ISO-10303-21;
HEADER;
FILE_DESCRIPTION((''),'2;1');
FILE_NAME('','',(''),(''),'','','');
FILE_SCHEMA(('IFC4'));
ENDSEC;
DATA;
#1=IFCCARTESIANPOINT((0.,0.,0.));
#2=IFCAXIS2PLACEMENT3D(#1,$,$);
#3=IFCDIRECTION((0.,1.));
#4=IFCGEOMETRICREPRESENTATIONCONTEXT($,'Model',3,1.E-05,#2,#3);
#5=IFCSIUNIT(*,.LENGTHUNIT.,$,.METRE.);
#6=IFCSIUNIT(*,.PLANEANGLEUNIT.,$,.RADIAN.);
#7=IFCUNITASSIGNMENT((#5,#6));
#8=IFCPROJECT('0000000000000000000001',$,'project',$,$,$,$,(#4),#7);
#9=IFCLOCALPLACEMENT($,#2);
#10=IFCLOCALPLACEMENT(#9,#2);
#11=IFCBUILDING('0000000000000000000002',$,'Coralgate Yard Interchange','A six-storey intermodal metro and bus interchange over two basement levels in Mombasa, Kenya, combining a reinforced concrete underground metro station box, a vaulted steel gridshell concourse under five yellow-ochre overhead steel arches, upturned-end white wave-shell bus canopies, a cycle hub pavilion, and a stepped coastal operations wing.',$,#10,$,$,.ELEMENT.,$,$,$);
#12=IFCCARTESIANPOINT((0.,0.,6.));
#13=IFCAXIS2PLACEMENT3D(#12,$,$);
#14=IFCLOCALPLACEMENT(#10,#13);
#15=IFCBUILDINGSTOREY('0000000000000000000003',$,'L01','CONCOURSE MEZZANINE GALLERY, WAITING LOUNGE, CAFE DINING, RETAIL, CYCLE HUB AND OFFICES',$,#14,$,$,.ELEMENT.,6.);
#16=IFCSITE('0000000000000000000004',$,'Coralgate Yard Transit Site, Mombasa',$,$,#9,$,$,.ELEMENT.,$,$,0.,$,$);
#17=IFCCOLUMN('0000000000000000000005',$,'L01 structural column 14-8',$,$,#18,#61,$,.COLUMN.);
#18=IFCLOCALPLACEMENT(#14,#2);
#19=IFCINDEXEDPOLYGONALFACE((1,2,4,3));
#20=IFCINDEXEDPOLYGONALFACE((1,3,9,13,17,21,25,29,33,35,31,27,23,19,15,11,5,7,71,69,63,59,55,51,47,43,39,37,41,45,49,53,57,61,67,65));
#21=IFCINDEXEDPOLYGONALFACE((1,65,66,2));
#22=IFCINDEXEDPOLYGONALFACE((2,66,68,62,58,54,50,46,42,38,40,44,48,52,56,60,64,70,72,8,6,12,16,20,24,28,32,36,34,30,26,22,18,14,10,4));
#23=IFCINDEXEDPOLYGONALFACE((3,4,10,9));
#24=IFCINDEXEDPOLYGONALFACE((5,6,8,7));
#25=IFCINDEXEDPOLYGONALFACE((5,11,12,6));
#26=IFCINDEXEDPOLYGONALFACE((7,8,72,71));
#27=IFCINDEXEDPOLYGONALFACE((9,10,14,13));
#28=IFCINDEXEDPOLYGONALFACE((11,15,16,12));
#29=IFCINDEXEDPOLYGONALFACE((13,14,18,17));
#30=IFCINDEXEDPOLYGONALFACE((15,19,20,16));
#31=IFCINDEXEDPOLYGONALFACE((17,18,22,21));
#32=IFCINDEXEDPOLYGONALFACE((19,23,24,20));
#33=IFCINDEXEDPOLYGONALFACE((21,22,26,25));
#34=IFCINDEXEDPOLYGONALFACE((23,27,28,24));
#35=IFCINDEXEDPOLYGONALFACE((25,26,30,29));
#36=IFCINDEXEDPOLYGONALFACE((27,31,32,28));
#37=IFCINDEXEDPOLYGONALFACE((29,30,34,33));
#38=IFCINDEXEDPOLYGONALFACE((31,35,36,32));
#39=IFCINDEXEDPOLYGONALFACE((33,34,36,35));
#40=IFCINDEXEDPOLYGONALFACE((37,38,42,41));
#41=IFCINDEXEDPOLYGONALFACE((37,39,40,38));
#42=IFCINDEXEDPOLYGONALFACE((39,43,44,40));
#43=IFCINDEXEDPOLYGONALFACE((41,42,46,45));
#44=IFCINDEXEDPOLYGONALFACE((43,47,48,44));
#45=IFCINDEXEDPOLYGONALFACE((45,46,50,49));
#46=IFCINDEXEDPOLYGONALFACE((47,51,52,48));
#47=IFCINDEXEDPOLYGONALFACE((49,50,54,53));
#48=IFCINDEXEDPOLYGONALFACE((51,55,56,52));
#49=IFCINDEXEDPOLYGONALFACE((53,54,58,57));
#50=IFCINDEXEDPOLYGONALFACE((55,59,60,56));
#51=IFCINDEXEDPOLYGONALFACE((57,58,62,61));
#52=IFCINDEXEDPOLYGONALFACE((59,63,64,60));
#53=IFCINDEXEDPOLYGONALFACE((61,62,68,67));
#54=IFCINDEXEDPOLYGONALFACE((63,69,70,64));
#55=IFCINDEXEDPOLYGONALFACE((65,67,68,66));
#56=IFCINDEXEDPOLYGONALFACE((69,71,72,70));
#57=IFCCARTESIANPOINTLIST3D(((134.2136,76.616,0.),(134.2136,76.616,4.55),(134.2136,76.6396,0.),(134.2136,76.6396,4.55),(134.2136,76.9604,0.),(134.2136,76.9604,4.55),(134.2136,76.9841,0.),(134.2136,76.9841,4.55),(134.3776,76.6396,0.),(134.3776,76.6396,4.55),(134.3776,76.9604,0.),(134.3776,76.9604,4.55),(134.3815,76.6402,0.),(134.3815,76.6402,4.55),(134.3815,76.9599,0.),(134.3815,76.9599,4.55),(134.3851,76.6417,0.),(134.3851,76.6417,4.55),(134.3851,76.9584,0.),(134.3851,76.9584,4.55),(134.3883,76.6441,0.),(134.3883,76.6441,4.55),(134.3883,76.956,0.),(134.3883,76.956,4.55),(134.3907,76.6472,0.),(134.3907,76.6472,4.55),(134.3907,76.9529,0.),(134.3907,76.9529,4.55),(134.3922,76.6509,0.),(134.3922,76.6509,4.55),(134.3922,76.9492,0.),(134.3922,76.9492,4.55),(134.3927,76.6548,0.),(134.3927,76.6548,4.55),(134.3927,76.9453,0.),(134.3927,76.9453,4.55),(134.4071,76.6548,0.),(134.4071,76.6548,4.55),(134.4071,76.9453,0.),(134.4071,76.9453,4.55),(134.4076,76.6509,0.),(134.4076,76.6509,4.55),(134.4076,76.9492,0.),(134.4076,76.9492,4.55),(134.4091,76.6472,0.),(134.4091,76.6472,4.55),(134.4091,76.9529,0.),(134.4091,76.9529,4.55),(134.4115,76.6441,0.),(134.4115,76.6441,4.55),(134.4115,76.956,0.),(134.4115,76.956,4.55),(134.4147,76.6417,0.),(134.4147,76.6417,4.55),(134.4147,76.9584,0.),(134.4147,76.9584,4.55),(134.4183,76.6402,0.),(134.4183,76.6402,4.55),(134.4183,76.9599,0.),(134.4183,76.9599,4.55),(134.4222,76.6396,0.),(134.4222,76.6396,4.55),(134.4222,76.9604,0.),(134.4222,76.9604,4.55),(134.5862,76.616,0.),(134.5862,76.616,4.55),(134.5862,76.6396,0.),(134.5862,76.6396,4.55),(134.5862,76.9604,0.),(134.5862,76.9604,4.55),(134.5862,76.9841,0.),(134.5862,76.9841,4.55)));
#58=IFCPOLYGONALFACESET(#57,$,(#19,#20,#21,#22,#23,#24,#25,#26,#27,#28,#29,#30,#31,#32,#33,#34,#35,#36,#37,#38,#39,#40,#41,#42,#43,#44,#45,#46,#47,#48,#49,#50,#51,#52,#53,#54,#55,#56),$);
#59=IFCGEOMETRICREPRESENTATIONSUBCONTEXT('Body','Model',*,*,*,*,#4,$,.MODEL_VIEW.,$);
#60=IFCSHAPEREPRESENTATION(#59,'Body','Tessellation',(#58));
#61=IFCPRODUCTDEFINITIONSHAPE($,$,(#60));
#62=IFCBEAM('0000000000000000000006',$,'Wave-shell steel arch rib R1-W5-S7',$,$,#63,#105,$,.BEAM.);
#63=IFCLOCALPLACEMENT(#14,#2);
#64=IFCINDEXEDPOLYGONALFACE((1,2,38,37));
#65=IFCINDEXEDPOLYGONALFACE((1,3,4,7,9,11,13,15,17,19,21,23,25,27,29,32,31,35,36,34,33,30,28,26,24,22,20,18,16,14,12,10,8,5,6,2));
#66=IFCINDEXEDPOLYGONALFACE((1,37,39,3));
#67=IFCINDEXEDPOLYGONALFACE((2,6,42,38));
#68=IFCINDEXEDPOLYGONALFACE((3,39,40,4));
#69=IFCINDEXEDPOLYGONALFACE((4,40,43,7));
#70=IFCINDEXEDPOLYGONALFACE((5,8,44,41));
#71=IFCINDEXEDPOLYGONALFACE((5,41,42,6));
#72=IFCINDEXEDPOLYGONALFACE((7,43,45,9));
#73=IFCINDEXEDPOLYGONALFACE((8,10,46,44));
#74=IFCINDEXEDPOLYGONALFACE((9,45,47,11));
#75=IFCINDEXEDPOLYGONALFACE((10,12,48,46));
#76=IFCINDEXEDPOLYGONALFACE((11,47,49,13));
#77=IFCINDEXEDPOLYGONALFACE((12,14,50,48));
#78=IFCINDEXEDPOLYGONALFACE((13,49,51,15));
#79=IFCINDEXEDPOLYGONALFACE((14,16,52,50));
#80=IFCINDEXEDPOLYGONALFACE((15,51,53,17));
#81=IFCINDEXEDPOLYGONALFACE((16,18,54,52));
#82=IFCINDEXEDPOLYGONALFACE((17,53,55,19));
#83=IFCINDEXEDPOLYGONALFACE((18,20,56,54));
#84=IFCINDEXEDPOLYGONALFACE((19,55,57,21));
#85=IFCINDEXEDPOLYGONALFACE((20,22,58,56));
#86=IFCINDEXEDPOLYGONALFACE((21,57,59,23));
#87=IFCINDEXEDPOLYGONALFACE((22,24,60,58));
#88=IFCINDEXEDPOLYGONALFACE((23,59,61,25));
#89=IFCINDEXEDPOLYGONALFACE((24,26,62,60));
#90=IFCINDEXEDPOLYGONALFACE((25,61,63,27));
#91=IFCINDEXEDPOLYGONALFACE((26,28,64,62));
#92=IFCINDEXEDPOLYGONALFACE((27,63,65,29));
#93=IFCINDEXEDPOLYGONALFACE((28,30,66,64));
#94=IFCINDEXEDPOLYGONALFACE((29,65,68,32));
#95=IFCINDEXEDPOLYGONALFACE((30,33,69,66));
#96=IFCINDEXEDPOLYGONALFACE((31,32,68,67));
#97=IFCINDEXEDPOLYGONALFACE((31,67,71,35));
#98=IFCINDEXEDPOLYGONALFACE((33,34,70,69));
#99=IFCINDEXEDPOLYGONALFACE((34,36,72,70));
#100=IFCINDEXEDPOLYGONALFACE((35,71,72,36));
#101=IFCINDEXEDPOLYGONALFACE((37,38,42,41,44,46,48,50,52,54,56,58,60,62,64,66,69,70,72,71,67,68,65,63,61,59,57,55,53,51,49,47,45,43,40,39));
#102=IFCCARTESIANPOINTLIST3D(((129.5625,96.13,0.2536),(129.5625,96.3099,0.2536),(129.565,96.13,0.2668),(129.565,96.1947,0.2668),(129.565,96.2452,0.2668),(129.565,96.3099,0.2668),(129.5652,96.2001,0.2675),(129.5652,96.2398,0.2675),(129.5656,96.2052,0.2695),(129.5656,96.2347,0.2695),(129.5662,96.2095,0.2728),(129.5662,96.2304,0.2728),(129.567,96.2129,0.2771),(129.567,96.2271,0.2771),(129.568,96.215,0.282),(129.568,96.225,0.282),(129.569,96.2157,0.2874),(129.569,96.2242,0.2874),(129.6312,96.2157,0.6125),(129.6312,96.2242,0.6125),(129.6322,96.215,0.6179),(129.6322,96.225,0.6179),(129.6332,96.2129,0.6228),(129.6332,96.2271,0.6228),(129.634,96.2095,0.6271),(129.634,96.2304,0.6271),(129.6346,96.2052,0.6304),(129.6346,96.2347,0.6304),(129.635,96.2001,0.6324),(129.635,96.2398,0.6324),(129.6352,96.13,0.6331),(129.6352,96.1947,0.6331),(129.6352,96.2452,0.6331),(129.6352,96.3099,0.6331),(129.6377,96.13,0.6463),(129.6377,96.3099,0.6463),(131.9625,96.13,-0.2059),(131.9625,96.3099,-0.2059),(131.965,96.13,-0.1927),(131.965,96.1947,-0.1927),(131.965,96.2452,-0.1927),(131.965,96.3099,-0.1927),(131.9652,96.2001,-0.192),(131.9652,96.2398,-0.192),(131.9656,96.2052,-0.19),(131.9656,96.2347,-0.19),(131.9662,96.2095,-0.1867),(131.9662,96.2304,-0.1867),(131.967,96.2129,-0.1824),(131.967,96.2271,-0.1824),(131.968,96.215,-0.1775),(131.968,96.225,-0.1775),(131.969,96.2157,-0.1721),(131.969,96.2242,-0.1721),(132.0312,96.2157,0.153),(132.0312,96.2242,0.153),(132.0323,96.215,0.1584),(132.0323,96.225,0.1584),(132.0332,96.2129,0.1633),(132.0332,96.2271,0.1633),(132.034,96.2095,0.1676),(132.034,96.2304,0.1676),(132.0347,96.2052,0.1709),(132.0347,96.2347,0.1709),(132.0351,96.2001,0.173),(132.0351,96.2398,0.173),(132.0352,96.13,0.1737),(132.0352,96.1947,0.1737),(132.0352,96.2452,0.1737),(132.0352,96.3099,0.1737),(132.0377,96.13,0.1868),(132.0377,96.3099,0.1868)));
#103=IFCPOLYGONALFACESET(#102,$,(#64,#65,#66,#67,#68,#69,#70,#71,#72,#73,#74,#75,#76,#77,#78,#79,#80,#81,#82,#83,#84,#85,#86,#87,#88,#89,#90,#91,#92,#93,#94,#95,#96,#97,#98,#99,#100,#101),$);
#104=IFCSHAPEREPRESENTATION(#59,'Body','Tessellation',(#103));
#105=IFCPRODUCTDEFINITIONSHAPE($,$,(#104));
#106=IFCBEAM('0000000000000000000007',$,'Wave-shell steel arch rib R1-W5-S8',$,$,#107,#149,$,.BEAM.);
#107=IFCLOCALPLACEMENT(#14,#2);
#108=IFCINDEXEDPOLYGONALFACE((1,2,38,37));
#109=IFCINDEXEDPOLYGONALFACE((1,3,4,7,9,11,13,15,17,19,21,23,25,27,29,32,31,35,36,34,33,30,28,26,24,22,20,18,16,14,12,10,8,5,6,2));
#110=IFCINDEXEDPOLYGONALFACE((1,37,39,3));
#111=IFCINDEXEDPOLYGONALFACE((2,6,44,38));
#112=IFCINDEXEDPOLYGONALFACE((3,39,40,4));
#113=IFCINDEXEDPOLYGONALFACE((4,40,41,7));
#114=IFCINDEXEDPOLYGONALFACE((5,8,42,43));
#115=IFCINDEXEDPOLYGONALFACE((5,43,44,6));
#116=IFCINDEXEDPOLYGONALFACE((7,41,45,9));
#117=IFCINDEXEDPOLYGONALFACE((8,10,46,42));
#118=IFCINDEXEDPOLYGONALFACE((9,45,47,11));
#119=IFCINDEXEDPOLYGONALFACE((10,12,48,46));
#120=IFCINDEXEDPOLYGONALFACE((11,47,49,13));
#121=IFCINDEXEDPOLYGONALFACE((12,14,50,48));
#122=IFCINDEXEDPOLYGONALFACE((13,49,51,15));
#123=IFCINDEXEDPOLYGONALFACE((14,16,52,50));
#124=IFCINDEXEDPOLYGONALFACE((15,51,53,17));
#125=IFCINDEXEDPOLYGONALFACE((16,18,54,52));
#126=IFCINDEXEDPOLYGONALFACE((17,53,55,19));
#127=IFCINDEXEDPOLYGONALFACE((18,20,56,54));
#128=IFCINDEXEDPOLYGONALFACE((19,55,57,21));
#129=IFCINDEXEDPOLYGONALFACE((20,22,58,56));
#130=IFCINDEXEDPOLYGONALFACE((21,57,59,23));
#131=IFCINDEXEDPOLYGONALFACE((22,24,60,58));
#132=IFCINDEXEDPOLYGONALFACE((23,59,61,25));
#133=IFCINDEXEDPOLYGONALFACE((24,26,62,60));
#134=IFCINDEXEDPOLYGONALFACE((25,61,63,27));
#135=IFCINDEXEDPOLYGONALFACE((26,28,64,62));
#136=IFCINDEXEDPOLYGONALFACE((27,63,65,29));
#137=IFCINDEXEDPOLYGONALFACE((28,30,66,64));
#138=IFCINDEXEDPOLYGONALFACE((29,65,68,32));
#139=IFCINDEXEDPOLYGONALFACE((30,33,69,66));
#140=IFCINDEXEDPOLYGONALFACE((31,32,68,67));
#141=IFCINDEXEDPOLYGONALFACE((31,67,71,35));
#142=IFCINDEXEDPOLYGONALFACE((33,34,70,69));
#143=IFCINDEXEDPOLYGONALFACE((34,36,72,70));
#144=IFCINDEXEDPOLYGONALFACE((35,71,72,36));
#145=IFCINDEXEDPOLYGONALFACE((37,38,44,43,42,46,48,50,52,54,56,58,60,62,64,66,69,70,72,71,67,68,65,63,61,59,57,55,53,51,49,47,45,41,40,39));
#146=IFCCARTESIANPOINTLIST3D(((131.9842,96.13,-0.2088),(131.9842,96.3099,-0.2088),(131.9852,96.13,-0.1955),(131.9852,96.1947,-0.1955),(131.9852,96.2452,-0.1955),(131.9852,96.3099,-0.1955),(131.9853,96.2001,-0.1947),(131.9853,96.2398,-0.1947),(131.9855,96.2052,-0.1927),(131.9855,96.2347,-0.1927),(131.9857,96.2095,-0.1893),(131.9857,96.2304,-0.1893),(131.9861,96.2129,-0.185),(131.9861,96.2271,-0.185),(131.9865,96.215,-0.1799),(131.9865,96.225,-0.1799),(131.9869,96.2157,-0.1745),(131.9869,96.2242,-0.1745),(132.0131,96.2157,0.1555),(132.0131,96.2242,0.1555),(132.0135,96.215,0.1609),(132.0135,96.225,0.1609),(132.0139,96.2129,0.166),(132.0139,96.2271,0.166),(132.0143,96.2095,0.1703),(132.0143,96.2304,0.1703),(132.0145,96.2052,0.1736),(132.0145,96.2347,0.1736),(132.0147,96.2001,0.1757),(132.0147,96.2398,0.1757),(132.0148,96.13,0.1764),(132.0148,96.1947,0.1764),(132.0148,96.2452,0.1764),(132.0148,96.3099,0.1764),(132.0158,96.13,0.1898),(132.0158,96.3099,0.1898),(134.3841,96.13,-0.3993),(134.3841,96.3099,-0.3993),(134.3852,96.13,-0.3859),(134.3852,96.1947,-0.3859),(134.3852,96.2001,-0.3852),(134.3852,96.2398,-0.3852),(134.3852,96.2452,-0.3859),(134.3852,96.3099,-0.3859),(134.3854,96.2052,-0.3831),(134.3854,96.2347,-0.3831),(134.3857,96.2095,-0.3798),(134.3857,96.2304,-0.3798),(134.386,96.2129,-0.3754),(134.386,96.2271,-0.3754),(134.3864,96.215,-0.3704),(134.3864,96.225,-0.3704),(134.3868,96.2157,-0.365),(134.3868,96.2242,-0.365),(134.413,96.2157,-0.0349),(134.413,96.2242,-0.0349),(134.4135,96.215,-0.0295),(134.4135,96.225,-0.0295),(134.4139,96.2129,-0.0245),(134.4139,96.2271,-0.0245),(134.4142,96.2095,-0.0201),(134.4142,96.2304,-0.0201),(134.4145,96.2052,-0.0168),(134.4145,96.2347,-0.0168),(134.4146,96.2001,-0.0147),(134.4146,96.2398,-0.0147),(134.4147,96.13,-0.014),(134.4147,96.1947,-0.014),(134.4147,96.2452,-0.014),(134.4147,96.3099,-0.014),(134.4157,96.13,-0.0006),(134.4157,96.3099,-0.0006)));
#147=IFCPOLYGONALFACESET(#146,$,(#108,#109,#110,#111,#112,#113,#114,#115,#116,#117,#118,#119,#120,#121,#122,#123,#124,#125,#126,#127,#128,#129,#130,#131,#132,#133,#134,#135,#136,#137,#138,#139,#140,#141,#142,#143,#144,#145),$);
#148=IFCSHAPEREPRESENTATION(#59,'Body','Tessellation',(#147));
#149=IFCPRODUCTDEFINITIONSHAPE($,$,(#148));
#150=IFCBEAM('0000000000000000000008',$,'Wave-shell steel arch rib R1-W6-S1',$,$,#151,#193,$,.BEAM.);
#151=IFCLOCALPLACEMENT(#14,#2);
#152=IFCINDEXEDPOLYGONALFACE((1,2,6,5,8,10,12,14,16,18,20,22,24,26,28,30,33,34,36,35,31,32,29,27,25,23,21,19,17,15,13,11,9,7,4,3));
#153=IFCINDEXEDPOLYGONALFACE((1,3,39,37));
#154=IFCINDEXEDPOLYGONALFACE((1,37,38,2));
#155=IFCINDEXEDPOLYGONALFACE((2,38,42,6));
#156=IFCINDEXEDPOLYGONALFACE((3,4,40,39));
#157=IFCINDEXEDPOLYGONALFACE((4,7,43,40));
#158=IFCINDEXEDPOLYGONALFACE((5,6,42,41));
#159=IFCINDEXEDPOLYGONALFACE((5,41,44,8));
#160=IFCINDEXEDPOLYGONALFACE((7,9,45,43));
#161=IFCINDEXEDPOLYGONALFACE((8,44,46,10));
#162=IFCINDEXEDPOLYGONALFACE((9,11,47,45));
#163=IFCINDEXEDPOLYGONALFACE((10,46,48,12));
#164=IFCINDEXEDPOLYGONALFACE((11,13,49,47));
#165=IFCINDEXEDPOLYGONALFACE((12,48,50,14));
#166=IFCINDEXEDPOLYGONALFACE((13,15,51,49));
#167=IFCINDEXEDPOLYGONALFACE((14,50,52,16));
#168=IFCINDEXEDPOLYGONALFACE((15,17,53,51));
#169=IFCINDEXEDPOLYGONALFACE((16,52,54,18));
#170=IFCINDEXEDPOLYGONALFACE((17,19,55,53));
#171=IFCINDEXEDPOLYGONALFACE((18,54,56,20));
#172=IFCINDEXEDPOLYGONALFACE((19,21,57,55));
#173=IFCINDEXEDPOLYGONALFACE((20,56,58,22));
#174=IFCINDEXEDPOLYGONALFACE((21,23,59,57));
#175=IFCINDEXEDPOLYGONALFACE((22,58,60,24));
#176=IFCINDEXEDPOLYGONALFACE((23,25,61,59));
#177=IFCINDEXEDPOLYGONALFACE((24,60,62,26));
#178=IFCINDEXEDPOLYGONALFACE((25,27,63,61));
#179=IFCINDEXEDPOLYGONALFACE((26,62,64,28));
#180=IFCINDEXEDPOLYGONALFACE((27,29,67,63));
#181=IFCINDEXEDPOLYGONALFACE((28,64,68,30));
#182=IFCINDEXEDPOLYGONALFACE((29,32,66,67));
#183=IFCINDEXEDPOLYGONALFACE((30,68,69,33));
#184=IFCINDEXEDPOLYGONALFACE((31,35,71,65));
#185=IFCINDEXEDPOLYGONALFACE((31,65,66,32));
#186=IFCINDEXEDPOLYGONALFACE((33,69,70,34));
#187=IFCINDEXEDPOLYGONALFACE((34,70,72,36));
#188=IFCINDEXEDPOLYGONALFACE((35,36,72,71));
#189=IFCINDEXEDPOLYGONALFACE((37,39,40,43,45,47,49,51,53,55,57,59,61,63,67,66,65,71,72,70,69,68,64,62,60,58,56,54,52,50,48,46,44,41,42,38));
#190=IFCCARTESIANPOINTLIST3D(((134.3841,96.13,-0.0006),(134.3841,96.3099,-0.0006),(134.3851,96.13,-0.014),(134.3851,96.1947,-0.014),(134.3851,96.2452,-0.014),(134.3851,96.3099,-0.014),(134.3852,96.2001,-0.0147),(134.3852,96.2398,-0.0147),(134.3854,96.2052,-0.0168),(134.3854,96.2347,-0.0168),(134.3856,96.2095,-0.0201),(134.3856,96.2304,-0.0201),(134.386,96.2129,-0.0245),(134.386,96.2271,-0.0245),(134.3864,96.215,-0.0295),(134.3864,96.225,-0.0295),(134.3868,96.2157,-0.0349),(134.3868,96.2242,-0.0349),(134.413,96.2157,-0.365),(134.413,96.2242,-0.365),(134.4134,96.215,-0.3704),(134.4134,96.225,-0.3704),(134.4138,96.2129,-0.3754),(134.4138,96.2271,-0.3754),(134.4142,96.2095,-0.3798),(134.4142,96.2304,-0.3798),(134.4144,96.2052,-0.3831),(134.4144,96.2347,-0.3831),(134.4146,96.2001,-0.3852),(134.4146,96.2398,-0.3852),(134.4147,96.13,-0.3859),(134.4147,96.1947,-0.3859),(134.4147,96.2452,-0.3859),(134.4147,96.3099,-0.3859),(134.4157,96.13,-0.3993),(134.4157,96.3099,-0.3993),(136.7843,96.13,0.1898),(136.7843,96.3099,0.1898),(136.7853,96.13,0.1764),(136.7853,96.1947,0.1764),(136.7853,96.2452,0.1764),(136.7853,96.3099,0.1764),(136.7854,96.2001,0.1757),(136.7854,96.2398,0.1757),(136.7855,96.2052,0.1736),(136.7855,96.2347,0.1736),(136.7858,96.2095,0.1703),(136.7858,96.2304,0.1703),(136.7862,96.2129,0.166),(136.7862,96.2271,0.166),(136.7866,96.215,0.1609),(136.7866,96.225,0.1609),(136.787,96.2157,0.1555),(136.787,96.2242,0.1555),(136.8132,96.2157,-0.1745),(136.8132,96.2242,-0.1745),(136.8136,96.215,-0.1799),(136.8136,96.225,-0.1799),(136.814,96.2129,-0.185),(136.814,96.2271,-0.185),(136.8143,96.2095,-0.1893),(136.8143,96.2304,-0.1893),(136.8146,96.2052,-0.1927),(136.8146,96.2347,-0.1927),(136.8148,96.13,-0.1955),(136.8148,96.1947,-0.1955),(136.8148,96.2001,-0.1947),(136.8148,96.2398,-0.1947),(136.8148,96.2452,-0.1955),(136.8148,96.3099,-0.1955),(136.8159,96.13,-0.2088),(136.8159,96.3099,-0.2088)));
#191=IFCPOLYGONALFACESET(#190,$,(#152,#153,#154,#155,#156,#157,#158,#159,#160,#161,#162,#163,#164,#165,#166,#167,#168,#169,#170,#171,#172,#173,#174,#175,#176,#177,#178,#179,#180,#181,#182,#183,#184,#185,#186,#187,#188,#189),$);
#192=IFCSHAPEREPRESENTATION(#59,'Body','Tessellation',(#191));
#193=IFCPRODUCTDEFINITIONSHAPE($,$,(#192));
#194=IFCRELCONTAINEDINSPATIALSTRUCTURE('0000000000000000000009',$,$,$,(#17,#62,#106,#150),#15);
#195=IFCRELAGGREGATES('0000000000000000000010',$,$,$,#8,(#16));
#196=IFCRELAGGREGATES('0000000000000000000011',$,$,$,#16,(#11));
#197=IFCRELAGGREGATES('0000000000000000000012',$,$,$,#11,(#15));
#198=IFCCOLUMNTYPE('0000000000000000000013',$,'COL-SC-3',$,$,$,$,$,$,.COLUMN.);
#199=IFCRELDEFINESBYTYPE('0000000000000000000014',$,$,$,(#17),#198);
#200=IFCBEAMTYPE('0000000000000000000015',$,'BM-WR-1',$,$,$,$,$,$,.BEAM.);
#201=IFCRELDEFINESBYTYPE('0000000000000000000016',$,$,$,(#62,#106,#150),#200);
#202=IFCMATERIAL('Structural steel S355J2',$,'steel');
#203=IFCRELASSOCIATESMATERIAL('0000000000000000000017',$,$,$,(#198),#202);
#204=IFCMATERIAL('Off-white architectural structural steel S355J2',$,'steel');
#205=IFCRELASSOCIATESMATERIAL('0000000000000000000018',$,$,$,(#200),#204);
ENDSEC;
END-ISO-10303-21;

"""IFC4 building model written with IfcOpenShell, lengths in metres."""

from ifc_helpers import new_model, si_unit, direction, frame, origin, origin_2d, place, context, subcontext, project, spatial, i_section, extrude, material, material_profile, profile_set, type_object, element, save


model = new_model("IFC4")

# Units and contexts
model_context = context("Model", 3, precision=1e-05, world=origin(), true_north=direction((0.0, 1.0)))
body_context = subcontext(model_context, "Body", "Model", "MODEL_VIEW")
ifc_project = project(units=[si_unit("LENGTHUNIT", "METRE"), si_unit("PLANEANGLEUNIT", "RADIAN")], contexts=[model_context])

# Site, building, storey
site_placement = place(None, origin())
site = spatial("IfcSite", under=ifc_project, at=site_placement, Name="Coralgate Yard Transit Site, Mombasa", CompositionType="ELEMENT", RefElevation=0.0)
building_placement = place(site_placement, origin())
building = spatial("IfcBuilding", under=site, at=building_placement, Name="Coralgate Yard Interchange", Description="A six-storey intermodal metro and bus interchange over two basement levels in Mombasa, Kenya, combining a reinforced concrete underground metro station box, a vaulted steel gridshell concourse under five yellow-ochre overhead steel arches, upturned-end white wave-shell bus canopies, a cycle hub pavilion, and a stepped coastal operations wing.", CompositionType="ELEMENT")
storey_placement = place(building_placement, frame((0.0, 0.0, 6.0)))
storey = spatial("IfcBuildingStorey", under=building, at=storey_placement, Name="L01", Description="CONCOURSE MEZZANINE GALLERY, WAITING LOUNGE, CAFE DINING, RETAIL, CYCLE HUB AND OFFICES", CompositionType="ELEMENT", Elevation=6.0)

# Column
ifc_material_1 = material(Name="Structural steel S355J2", Category="steel")
ifc_material_profile_1 = material_profile(ifc_material_1, i_section(OverallWidth=0.3726, OverallDepth=0.3682, WebThickness=0.0144, FlangeThickness=0.0237, FilletRadius=0.0151, at=origin_2d()), Name="UC 356x368x177")
ifc_profile_set_1 = profile_set([ifc_material_profile_1], Name="Structural steel S355J2")
column_type = type_object("IfcColumnType", Name="COL-SC-3", PredefinedType="COLUMN", material=ifc_profile_set_1)
column_placement = place(storey_placement, frame((134.3999, 76.8, 0.0), z_axis=(0.0, 0.0, 1.0), x_axis=(1.0, 0.0, 0.0)))
element("IfcColumn", 1, at=column_placement, inside=storey, type_object=column_type, Name="L01 structural column 14-8", PredefinedType="COLUMN", context=body_context, shape_type="SweptSolid", body=[
    extrude(i_section(OverallWidth=0.3726, OverallDepth=0.3682, WebThickness=0.0144, FlangeThickness=0.0237, FilletRadius=0.0151, at=origin_2d()), origin(), (0.0, 0.0, 1.0), 4.55),
])

# Beams
ifc_material_2 = material(Name="Off-white architectural structural steel S355J2", Category="steel")
ifc_material_profile_2 = material_profile(ifc_material_2, i_section(OverallWidth=0.1799, OverallDepth=0.3999, WebThickness=0.0085, FlangeThickness=0.0134, FilletRadius=0.021, at=origin_2d()), Name="IPE 400")
ifc_profile_set_2 = profile_set([ifc_material_profile_2], Name="Off-white architectural structural steel S355J2")
beam_type_1 = type_object("IfcBeamType", Name="BM-WR-1", PredefinedType="BEAM", material=ifc_profile_set_2)
beam_1_placement = place(storey_placement, frame((129.6001, 96.22, 0.45), z_axis=(0.982161, 0.0, -0.188039), x_axis=(0.0, 1.0, 0.0)))
element("IfcBeam", 2, at=beam_1_placement, inside=storey, type_object=beam_type_1, Name="Wave-shell steel arch rib R1-W5-S7", PredefinedType="BEAM", context=body_context, shape_type="SweptSolid", body=[
    extrude(i_section(OverallWidth=0.1799, OverallDepth=0.3999, WebThickness=0.0085, FlangeThickness=0.0134, FilletRadius=0.021, at=origin_2d()), origin(), (0.0, 0.0, 1.0), 2.4436),
])
beam_2_placement = place(storey_placement, frame((132.0, 96.22, -0.0095), z_axis=(0.996867, 0.0, -0.0791), x_axis=(0.0, 1.0, 0.0)))
element("IfcBeam", 3, at=beam_2_placement, inside=storey, type_object=beam_type_1, Name="Wave-shell steel arch rib R1-W5-S8", PredefinedType="BEAM", context=body_context, shape_type="SweptSolid", body=[
    extrude(i_section(OverallWidth=0.1799, OverallDepth=0.3999, WebThickness=0.0085, FlangeThickness=0.0134, FilletRadius=0.021, at=origin_2d()), origin(), (0.0, 0.0, 1.0), 2.4075),
])
beam_3_placement = place(storey_placement, frame((134.3999, 96.22, -0.2), z_axis=(0.996867, 0.0, 0.079092), x_axis=(0.0, 1.0, 0.0)))
element("IfcBeam", 4, at=beam_3_placement, inside=storey, type_object=beam_type_1, Name="Wave-shell steel arch rib R1-W6-S1", PredefinedType="BEAM", context=body_context, shape_type="SweptSolid", body=[
    extrude(i_section(OverallWidth=0.1799, OverallDepth=0.3999, WebThickness=0.0085, FlangeThickness=0.0134, FilletRadius=0.021, at=origin_2d()), origin(), (0.0, 0.0, 1.0), 2.4077),
])

save(model, "model.ifc")
